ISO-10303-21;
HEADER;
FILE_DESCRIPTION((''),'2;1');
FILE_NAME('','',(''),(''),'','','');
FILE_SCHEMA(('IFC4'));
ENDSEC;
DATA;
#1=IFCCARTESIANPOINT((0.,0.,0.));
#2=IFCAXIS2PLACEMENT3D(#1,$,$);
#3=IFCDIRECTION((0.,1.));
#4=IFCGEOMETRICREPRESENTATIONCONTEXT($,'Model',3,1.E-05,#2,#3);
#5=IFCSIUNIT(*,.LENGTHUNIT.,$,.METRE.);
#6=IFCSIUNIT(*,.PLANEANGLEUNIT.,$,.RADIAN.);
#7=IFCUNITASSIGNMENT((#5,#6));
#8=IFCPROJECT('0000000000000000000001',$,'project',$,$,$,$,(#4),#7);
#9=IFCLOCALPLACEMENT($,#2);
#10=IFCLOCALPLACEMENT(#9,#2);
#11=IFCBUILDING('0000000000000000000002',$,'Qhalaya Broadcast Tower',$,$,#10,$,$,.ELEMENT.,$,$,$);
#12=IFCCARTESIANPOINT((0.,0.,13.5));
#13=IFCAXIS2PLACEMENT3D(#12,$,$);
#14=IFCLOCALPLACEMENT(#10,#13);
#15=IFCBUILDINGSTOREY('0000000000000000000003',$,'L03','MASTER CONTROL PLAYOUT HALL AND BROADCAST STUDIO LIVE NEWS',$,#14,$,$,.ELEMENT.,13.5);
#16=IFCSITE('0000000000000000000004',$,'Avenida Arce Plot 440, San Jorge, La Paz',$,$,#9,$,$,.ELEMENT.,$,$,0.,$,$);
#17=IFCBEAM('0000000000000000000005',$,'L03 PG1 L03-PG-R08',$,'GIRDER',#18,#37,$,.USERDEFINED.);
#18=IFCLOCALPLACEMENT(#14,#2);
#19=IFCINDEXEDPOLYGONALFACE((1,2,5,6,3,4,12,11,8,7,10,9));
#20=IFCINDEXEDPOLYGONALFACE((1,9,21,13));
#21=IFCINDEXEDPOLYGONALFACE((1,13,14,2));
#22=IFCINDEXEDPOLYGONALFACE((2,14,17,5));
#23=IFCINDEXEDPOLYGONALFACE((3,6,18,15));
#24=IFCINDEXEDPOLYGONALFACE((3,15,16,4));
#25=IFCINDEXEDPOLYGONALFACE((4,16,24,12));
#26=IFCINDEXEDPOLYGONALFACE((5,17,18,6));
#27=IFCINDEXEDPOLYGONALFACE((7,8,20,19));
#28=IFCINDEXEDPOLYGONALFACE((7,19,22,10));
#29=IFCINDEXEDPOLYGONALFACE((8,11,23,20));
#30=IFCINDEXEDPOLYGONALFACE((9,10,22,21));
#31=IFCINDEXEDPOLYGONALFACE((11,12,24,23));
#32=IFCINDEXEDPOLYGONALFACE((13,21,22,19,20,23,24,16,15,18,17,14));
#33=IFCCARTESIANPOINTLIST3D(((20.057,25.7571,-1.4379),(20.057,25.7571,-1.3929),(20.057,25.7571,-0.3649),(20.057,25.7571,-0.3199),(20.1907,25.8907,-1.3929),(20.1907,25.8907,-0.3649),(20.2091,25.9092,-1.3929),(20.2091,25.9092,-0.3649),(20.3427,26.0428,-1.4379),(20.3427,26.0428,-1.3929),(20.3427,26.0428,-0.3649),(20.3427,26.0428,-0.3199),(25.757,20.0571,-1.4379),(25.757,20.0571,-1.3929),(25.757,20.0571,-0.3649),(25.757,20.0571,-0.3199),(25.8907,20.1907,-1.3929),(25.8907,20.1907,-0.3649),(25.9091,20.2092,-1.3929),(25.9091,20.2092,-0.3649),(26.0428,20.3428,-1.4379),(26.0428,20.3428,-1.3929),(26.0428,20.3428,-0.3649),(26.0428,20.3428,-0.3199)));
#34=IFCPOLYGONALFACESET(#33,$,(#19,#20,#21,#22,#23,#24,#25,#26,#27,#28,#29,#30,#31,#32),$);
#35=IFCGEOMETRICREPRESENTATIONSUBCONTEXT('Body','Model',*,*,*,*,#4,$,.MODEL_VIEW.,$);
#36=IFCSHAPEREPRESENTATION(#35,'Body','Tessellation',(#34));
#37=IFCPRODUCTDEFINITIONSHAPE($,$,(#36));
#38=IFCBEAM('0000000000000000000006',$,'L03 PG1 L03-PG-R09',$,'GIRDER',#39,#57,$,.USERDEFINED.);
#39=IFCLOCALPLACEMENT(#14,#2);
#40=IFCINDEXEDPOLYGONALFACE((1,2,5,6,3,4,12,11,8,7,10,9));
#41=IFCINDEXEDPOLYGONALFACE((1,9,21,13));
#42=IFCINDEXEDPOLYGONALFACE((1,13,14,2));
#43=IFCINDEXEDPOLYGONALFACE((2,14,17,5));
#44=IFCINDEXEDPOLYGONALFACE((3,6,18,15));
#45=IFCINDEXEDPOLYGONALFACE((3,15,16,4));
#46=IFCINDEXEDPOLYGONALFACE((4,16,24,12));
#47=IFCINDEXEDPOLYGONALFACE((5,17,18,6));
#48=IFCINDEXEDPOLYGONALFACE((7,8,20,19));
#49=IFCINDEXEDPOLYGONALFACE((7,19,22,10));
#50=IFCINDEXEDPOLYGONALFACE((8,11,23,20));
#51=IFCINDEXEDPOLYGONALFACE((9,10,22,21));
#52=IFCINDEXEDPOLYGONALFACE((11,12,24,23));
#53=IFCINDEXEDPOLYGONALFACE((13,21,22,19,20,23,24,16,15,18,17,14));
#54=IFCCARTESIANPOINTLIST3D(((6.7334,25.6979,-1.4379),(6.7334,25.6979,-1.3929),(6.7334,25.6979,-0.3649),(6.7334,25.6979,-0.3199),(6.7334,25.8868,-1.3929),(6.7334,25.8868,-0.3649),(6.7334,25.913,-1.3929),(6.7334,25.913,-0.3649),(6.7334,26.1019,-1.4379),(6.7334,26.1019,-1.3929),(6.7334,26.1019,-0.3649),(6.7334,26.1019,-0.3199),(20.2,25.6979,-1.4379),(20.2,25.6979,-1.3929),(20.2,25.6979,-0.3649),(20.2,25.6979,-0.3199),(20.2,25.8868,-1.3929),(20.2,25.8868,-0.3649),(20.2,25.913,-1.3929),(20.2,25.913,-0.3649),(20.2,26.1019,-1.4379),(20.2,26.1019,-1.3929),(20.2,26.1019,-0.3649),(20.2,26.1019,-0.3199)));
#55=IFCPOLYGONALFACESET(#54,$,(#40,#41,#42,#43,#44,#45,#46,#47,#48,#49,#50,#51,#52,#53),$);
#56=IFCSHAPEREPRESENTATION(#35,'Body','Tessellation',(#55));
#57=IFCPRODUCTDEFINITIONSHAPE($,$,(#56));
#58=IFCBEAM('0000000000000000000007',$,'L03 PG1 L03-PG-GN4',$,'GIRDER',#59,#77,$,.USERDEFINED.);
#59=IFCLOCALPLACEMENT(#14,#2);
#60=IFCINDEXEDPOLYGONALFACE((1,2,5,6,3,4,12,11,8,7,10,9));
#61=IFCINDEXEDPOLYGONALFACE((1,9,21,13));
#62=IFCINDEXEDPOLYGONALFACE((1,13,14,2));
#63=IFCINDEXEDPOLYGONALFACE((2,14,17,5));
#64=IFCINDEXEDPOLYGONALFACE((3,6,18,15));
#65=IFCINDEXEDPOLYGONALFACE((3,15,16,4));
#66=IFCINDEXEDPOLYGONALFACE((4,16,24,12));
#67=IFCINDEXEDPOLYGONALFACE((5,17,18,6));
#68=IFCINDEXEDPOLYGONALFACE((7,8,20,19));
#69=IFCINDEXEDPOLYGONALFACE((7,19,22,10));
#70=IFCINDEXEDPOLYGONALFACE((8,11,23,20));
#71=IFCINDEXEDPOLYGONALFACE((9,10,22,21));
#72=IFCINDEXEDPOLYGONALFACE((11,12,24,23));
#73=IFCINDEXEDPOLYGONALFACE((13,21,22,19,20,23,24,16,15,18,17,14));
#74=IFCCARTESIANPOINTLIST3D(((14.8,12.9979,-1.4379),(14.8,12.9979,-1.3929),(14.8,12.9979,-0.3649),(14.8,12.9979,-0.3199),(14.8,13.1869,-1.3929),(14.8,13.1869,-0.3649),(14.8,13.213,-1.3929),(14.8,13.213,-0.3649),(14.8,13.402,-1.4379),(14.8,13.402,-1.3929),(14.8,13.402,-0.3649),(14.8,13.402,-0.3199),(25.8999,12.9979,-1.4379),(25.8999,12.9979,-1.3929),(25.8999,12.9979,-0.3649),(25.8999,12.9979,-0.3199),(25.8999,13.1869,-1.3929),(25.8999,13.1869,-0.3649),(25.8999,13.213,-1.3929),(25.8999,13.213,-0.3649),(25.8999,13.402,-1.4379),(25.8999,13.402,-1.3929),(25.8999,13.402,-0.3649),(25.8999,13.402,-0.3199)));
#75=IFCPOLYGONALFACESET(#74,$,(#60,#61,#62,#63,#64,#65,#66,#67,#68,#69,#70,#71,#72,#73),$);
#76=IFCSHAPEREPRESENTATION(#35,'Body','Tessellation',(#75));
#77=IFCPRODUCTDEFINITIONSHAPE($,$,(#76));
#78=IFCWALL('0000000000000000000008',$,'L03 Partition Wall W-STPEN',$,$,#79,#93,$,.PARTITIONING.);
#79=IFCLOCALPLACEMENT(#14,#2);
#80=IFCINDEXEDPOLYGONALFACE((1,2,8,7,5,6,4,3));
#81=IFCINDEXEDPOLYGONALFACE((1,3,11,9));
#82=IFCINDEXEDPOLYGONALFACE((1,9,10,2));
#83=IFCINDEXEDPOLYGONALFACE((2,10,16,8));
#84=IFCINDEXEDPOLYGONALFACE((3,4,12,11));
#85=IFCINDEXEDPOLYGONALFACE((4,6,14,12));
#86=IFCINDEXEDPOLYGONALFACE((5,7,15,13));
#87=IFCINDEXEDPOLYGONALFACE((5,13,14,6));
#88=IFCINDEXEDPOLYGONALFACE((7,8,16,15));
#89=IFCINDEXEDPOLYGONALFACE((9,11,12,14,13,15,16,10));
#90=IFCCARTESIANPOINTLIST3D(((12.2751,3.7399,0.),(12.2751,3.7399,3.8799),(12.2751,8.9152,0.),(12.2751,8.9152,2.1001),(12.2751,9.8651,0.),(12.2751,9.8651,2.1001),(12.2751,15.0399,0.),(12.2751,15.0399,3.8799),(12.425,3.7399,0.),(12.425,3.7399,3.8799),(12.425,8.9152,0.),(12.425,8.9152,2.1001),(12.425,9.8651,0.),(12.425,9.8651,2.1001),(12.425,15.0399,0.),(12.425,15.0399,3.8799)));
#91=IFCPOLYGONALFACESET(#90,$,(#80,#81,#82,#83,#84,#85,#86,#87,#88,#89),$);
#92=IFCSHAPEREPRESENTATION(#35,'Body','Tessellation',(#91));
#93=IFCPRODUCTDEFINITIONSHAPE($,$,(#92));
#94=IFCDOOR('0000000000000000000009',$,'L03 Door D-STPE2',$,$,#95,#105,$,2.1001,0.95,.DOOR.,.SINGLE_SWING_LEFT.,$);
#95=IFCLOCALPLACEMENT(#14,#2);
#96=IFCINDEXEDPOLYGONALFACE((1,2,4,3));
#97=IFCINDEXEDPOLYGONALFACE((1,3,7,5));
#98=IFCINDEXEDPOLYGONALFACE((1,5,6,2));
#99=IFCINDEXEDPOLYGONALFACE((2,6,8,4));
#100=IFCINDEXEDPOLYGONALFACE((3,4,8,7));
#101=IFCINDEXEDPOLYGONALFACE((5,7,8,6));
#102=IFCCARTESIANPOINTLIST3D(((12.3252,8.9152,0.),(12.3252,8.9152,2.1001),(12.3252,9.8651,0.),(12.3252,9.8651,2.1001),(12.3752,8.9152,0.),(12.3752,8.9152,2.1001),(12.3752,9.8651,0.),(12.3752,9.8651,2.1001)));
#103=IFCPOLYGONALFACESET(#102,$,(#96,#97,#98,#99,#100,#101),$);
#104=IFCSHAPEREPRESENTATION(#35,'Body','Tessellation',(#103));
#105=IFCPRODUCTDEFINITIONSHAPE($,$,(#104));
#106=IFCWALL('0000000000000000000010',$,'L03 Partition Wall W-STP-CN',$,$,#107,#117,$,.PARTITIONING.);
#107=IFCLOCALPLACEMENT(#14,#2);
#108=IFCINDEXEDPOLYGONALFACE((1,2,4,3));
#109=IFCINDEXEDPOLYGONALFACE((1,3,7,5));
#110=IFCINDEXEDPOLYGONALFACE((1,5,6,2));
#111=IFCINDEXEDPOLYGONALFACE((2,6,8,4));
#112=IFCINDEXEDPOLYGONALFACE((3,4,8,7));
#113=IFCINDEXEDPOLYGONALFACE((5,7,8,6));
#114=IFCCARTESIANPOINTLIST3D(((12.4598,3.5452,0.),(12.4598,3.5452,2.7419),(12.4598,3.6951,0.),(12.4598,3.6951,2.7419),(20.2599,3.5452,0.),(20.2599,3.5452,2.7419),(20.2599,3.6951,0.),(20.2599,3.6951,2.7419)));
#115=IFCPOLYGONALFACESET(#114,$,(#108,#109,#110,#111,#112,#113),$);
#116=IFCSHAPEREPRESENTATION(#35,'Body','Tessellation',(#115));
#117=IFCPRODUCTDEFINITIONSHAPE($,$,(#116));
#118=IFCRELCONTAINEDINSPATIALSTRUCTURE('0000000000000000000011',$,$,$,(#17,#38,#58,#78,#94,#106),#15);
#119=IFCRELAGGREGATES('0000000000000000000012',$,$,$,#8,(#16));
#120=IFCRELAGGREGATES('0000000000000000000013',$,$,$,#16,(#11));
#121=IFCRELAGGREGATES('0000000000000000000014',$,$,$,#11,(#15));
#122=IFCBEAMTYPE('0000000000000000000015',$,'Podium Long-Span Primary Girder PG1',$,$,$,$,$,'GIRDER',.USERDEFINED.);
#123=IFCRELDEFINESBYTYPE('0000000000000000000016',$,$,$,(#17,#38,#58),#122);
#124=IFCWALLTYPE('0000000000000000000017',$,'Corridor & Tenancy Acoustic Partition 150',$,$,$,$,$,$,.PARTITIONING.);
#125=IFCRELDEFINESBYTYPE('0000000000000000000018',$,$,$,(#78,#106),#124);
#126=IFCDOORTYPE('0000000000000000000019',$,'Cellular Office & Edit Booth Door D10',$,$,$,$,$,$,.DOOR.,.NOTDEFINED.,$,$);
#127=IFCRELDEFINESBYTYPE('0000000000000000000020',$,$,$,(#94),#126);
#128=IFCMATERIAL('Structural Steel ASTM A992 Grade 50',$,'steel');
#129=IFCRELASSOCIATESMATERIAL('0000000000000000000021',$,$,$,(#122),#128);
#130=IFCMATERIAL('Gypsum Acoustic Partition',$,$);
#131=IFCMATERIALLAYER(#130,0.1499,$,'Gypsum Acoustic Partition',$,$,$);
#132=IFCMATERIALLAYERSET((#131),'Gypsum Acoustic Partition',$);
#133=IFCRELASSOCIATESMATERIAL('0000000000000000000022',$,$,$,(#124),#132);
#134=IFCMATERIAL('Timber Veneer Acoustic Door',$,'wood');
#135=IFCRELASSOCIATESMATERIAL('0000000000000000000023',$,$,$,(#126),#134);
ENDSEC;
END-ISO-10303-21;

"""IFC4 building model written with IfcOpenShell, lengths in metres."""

from ifc_helpers import new_model, si_unit, direction, frame, frame_2d, origin, origin_2d, place, context, subcontext, project, spatial, rectangle, i_section, extrude, material, layer, layer_set, material_profile, profile_set, type_object, element, fill, save


model = new_model("IFC4")

# Units and contexts
model_context = context("Model", 3, precision=1e-05, world=origin(), true_north=direction((0.0, 1.0)))
body_context = subcontext(model_context, "Body", "Model", "MODEL_VIEW")
ifc_project = project(units=[si_unit("LENGTHUNIT", "METRE"), si_unit("PLANEANGLEUNIT", "RADIAN")], contexts=[model_context])

# Site, building, storey
site_placement = place(None, origin())
site = spatial("IfcSite", under=ifc_project, at=site_placement, Name="Avenida Arce Plot 440, San Jorge, La Paz", CompositionType="ELEMENT", RefElevation=0.0)
building_placement = place(site_placement, origin())
building = spatial("IfcBuilding", under=site, at=building_placement, Name="Qhalaya Broadcast Tower", CompositionType="ELEMENT")
storey_placement = place(building_placement, frame((0.0, 0.0, 13.5)))
storey = spatial("IfcBuildingStorey", under=building, at=storey_placement, Name="L03", Description="MASTER CONTROL PLAYOUT HALL AND BROADCAST STUDIO LIVE NEWS", CompositionType="ELEMENT", Elevation=13.5)

# Beams
ifc_material_1 = material(Name="Structural Steel ASTM A992 Grade 50", Category="steel")
ifc_material_profile_1 = material_profile(ifc_material_1, i_section(OverallWidth=0.4041, OverallDepth=1.1179, WebThickness=0.0261, FlangeThickness=0.0449, at=origin_2d()), Name="W44X335")
ifc_profile_set_1 = profile_set([ifc_material_profile_1], Name="Structural Steel ASTM A992 Grade 50")
beam_type_1 = type_object("IfcBeamType", Name="Podium Long-Span Primary Girder PG1", ElementType="GIRDER", PredefinedType="USERDEFINED", material=ifc_profile_set_1)
beam_1_placement = place(storey_placement, frame((25.8999, 20.2, -0.8789), z_axis=(-0.707107, 0.707107, 0.0), x_axis=(-0.707107, -0.707107, 0.0)))
element("IfcBeam", 1, at=beam_1_placement, inside=storey, type_object=beam_type_1, Name="L03 PG1 L03-PG-R08", ObjectType="GIRDER", PredefinedType="USERDEFINED", context=body_context, shape_type="SweptSolid", body=[
    extrude(i_section(OverallWidth=0.4041, OverallDepth=1.1179, WebThickness=0.0261, FlangeThickness=0.0449, at=origin_2d()), origin(), (0.0, 0.0, 1.0), 8.061),
])
beam_2_placement = place(storey_placement, frame((20.2, 25.8999, -0.8789), z_axis=(-1.0, 0.0, 0.0), x_axis=(0.0, -1.0, 0.0)))
element("IfcBeam", 2, at=beam_2_placement, inside=storey, type_object=beam_type_1, Name="L03 PG1 L03-PG-R09", ObjectType="GIRDER", PredefinedType="USERDEFINED", context=body_context, shape_type="SweptSolid", body=[
    extrude(i_section(OverallWidth=0.4041, OverallDepth=1.1179, WebThickness=0.0261, FlangeThickness=0.0449, at=origin_2d()), origin(), (0.0, 0.0, 1.0), 13.4666),
])
beam_3_placement = place(storey_placement, frame((14.8, 13.2, -0.8789), z_axis=(1.0, 0.0, 0.0), x_axis=(0.0, 1.0, 0.0)))
element("IfcBeam", 3, at=beam_3_placement, inside=storey, type_object=beam_type_1, Name="L03 PG1 L03-PG-GN4", ObjectType="GIRDER", PredefinedType="USERDEFINED", context=body_context, shape_type="SweptSolid", body=[
    extrude(i_section(OverallWidth=0.4041, OverallDepth=1.1179, WebThickness=0.0261, FlangeThickness=0.0449, at=origin_2d()), origin(), (0.0, 0.0, 1.0), 11.0999),
])

# Wall, opening, door
ifc_material_2 = material(Name="Gypsum Acoustic Partition")
ifc_layer_1 = layer(ifc_material_2, 0.1499, Name="Gypsum Acoustic Partition")
ifc_layer_set_1 = layer_set([ifc_layer_1], Name="Gypsum Acoustic Partition")
wall_type_1 = type_object("IfcWallType", Name="Corridor & Tenancy Acoustic Partition 150", PredefinedType="PARTITIONING", material=ifc_layer_set_1)
wall_1_placement = place(storey_placement, frame((12.3501, 3.74, 0.0), z_axis=(0.0, 0.0, 1.0), x_axis=(0.0, 1.0, 0.0)))
wall_1 = element("IfcWall", 4, at=wall_1_placement, inside=storey, type_object=wall_type_1, Name="L03 Partition Wall W-STPEN", PredefinedType="PARTITIONING", context=body_context, shape_type="SweptSolid", body=[
    extrude(rectangle(XDim=11.3, YDim=0.1499, at=frame_2d((5.6499, 0.0))), origin(), (0.0, 0.0, 1.0), 3.8799),
])
opening_1_placement = place(wall_1_placement, frame((5.175, 0.0, 0.0)))
opening_1 = element("IfcOpeningElement", 5, at=opening_1_placement, cuts=wall_1, PredefinedType="OPENING", context=body_context, shape_type="SweptSolid", body=[
    extrude(rectangle(XDim=0.95, YDim=2.1001, at=frame_2d((0.4751, 1.05))), frame((0.0, 0.0869, 0.0), z_axis=(0.0, -1.0, 0.0), x_axis=(1.0, 0.0, 0.0)), (0.0, 0.0, 1.0), 0.1738),
])
ifc_material_3 = material(Name="Timber Veneer Acoustic Door", Category="wood")
door_type = type_object("IfcDoorType", Name="Cellular Office & Edit Booth Door D10", OperationType="NOTDEFINED", PredefinedType="DOOR", material=ifc_material_3)
door_placement = place(opening_1_placement, origin())
door = element("IfcDoor", 6, at=door_placement, inside=storey, type_object=door_type, Name="L03 Door D-STPE2", OperationType="SINGLE_SWING_LEFT", OverallHeight=2.1001, OverallWidth=0.95, PredefinedType="DOOR", context=body_context, shape_type="SweptSolid", body=[
    extrude(rectangle(XDim=0.95, YDim=2.1001, at=frame_2d((0.4751, 1.05))), frame((0.0, 0.0249, 0.0), z_axis=(0.0, -1.0, 0.0), x_axis=(1.0, 0.0, 0.0)), (0.0, 0.0, 1.0), 0.05),
])
fill(opening_1, door)

# Wall
wall_2_placement = place(storey_placement, frame((12.46, 3.6201, 0.0), z_axis=(0.0, 0.0, 1.0), x_axis=(1.0, 0.0, 0.0)))
element("IfcWall", 7, at=wall_2_placement, inside=storey, type_object=wall_type_1, Name="L03 Partition Wall W-STP-CN", PredefinedType="PARTITIONING", context=body_context, shape_type="SweptSolid", body=[
    extrude(rectangle(XDim=7.8, YDim=0.1499, at=frame_2d((3.8999, 0.0))), origin(), (0.0, 0.0, 1.0), 2.7419),
])

save(model, "model.ifc")
